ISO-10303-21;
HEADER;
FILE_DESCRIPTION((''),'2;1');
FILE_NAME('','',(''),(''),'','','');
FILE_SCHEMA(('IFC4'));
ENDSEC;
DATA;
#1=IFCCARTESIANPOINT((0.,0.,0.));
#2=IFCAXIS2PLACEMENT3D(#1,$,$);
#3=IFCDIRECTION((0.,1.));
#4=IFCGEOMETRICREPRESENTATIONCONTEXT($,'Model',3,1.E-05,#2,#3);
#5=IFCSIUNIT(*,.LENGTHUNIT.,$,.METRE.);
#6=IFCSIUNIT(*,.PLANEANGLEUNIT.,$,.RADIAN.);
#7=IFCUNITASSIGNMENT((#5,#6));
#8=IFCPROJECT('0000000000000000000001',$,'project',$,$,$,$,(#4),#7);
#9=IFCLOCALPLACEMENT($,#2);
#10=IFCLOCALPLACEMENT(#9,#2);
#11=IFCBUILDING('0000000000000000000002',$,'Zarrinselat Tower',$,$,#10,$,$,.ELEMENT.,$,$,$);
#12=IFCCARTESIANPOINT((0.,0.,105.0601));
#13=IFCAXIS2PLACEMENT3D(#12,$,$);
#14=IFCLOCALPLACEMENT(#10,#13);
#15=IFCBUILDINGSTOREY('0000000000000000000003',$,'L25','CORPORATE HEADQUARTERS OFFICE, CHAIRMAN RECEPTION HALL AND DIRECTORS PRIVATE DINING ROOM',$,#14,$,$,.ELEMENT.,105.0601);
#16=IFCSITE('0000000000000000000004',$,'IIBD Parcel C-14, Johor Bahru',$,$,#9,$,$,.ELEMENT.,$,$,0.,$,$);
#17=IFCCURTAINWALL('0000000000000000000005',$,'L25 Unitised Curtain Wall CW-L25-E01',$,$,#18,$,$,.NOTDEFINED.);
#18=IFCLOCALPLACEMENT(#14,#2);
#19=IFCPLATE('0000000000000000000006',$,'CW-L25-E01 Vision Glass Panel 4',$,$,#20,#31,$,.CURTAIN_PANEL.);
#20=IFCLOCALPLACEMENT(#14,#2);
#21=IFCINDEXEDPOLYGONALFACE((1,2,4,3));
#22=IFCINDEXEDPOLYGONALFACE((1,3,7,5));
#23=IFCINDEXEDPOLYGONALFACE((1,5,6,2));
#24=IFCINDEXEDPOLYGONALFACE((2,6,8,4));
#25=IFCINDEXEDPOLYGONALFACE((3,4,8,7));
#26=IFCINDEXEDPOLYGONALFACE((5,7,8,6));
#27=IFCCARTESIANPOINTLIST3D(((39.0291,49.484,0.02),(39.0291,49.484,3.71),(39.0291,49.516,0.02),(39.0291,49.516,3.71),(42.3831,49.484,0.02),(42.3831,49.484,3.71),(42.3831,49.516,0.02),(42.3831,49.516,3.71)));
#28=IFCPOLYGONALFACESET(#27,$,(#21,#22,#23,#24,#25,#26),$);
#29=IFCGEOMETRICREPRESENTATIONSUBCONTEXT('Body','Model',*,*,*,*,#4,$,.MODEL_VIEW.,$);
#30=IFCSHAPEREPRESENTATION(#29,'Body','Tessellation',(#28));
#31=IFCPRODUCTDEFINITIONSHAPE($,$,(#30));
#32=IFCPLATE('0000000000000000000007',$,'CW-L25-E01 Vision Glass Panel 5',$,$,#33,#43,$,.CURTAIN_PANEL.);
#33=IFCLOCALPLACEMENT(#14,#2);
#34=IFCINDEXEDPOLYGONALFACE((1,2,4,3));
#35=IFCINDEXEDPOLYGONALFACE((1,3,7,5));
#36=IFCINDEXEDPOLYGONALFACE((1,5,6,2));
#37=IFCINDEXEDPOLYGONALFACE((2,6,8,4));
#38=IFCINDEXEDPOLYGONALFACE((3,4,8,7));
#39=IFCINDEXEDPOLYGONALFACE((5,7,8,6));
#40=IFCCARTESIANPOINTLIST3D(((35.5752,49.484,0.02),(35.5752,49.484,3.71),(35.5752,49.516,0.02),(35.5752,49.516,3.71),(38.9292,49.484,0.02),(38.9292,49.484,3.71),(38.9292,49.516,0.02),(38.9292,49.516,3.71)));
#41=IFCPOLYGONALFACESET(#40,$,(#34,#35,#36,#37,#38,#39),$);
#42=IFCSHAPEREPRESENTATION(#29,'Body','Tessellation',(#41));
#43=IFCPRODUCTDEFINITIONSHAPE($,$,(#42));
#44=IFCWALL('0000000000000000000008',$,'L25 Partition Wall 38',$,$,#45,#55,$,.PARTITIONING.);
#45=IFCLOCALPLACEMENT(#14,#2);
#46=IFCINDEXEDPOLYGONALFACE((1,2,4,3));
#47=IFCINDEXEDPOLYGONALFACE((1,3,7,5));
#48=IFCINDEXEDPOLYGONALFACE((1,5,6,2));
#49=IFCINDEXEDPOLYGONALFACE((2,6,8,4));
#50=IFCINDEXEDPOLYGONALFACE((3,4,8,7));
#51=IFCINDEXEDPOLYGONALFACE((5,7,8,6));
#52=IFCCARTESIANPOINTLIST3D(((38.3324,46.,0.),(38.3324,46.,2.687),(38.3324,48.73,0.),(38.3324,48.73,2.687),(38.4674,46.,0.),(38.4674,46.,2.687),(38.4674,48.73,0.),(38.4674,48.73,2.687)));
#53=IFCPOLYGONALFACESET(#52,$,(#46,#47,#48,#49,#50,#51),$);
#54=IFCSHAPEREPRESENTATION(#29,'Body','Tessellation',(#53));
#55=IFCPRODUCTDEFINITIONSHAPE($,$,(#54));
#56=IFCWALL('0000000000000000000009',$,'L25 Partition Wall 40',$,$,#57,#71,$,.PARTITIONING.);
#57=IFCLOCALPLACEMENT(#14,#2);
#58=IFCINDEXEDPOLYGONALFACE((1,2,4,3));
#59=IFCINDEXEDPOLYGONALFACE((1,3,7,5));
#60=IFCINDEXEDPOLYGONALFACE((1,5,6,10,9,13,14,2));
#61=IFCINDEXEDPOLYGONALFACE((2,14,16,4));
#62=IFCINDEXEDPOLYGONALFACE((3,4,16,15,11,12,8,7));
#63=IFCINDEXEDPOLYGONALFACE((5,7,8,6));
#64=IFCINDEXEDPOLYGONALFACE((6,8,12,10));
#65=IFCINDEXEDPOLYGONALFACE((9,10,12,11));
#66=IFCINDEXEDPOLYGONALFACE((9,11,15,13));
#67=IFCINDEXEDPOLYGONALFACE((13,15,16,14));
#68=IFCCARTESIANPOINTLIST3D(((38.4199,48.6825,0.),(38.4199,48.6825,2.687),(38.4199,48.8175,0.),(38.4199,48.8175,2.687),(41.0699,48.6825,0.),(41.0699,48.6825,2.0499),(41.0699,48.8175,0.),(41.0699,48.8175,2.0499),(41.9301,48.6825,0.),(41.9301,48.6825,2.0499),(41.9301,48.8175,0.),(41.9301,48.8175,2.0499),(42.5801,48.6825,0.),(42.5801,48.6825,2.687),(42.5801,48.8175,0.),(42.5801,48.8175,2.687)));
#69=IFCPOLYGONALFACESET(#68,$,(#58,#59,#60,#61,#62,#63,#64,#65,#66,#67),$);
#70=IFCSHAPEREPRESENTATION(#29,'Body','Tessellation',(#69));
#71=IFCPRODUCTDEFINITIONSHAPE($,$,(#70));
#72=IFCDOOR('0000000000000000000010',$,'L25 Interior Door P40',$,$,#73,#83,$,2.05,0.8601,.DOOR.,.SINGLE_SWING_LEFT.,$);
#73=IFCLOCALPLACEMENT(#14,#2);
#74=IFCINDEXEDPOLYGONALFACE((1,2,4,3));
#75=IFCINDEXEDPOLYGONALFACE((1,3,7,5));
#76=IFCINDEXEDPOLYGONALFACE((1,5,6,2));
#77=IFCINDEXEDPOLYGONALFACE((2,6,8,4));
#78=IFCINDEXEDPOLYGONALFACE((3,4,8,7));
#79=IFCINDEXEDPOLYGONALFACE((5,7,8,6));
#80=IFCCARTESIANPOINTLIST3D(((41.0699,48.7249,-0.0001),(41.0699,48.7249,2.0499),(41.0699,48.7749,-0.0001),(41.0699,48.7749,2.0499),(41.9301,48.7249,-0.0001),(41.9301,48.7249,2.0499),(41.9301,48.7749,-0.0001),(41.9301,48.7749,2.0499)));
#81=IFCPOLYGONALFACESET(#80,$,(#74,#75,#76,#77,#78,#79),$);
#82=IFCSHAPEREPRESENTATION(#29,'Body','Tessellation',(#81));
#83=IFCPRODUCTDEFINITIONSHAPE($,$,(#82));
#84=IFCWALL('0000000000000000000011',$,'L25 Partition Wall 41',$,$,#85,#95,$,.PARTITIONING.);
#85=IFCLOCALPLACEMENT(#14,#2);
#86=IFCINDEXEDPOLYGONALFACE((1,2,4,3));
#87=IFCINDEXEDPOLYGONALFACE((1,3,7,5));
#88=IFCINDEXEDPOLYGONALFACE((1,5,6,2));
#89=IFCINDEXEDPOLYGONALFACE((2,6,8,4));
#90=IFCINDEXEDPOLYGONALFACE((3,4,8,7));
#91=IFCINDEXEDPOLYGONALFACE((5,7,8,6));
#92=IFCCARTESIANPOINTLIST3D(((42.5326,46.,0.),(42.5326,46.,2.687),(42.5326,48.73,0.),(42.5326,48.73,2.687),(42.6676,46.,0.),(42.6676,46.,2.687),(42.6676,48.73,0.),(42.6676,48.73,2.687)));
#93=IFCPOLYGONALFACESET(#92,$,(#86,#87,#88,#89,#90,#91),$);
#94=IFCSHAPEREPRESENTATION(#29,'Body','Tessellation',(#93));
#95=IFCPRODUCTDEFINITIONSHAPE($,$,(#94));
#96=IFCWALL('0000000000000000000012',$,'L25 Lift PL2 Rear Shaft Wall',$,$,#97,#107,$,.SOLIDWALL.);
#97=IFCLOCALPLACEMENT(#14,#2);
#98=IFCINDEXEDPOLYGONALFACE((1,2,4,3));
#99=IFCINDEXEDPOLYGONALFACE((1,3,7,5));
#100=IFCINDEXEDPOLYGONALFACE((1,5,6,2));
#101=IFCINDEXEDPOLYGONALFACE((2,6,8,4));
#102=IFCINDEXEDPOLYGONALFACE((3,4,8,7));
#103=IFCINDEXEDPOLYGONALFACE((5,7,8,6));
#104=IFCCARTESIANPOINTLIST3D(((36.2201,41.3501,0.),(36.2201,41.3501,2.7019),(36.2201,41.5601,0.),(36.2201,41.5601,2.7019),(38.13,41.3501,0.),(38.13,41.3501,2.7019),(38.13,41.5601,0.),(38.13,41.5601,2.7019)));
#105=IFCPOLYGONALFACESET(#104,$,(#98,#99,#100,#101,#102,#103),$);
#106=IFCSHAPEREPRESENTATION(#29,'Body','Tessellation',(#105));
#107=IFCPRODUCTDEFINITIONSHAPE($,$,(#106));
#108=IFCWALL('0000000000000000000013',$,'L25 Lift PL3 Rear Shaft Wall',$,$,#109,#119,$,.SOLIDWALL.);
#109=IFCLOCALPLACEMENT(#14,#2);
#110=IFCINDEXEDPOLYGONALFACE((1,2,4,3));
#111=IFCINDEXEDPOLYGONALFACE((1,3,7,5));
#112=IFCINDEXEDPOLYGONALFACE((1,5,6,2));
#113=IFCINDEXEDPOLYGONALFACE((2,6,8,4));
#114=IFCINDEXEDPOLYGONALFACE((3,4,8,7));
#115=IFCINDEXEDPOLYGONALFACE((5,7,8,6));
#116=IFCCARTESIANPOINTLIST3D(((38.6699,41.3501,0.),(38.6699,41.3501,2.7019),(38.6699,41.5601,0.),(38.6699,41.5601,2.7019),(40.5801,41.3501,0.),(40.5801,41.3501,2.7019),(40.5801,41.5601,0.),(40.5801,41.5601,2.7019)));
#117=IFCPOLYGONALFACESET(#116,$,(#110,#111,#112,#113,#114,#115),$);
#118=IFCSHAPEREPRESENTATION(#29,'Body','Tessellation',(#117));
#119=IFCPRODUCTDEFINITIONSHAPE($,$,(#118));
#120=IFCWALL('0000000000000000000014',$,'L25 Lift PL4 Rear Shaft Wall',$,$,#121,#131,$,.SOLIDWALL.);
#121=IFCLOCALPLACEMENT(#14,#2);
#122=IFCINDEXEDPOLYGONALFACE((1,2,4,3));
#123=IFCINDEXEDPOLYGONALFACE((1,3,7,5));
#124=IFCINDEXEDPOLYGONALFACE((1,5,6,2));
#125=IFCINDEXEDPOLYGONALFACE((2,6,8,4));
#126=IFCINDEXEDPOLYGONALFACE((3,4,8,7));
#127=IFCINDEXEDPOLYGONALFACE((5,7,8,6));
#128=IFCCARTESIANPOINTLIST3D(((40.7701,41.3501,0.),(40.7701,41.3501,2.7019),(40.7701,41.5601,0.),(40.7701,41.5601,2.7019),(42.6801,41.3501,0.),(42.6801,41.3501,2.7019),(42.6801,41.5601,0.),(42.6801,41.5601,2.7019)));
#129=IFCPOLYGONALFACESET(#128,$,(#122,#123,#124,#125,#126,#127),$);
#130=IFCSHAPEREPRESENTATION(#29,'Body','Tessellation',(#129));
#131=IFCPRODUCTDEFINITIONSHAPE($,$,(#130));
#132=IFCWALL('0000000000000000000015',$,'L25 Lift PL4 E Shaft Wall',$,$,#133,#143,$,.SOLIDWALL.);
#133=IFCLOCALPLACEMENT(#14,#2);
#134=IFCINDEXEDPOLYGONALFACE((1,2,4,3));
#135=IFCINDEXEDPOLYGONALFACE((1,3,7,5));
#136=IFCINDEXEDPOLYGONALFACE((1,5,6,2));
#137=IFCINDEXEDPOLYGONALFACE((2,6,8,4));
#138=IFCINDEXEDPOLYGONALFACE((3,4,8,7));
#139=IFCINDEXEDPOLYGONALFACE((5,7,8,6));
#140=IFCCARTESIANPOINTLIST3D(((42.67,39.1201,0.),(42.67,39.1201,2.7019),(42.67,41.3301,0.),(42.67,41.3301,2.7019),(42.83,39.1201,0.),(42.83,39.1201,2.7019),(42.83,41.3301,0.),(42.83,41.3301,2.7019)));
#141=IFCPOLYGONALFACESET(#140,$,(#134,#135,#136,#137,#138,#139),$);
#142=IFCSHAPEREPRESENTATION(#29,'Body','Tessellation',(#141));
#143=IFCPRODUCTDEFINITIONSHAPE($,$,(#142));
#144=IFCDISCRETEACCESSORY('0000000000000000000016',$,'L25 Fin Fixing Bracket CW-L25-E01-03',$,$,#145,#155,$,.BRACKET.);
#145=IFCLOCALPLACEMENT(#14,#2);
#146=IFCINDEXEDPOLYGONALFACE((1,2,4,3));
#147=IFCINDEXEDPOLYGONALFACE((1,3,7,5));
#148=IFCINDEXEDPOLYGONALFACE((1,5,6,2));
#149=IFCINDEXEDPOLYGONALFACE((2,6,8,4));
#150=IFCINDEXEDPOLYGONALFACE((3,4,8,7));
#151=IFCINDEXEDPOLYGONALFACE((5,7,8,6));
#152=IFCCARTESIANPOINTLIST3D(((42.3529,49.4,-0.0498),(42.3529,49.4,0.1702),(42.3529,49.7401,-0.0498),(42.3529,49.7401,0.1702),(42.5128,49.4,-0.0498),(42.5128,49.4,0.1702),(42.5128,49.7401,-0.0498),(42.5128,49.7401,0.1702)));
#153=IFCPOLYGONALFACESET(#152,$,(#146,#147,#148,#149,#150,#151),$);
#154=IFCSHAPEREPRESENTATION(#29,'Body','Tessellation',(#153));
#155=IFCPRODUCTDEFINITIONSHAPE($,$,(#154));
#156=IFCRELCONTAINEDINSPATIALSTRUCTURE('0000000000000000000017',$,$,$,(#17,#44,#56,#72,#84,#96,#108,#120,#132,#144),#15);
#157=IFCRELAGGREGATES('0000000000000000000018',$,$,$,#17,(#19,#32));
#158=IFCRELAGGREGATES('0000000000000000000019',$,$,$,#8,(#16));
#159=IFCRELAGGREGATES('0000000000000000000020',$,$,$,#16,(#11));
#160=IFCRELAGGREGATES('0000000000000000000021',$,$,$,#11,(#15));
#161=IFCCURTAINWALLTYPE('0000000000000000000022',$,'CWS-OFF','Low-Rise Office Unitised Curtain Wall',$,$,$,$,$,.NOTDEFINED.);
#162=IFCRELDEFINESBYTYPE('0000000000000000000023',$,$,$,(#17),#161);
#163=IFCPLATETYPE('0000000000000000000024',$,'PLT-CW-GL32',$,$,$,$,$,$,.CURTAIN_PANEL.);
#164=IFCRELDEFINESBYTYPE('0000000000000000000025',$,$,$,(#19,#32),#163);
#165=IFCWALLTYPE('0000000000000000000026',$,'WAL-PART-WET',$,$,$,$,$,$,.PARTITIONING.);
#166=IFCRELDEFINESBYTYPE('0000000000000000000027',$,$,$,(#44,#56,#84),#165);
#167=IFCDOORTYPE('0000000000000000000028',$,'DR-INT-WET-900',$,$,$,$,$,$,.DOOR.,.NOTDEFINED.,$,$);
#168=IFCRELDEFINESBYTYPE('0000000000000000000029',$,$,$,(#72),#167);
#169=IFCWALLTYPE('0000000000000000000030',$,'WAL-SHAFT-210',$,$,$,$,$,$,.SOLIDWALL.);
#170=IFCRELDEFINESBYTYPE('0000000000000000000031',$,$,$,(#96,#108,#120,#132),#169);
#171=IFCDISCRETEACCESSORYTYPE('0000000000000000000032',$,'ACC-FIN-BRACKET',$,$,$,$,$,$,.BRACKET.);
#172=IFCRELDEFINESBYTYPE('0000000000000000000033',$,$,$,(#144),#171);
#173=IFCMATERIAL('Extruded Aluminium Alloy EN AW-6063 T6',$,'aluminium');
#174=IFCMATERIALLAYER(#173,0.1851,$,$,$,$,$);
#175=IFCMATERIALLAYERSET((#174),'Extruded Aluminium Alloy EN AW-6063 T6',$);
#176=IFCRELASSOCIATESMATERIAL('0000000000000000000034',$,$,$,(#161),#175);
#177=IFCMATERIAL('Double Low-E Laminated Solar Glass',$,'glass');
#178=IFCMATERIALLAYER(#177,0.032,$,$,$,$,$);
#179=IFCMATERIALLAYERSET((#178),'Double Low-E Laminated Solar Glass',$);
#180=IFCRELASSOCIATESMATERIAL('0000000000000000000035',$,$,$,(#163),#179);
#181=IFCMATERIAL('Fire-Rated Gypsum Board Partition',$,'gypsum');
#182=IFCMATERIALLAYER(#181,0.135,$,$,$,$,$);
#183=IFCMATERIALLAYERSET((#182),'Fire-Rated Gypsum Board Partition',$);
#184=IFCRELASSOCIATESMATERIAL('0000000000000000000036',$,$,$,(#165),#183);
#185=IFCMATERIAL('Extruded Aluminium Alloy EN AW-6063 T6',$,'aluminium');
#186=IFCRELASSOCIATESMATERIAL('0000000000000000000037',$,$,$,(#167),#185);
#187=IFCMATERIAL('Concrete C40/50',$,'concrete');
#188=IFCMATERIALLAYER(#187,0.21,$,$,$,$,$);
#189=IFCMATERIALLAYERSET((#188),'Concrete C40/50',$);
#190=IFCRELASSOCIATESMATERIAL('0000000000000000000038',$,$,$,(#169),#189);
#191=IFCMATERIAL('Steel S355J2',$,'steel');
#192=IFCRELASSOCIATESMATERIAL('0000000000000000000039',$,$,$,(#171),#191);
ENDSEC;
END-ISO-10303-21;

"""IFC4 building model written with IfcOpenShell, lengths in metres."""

from ifc_helpers import new_model, si_unit, direction, frame, frame_2d, origin, origin_2d, place, context, subcontext, project, spatial, rectangle, extrude, material, layer, layer_set, type_object, element, fill, aggregate, save


model = new_model("IFC4")

# Units and contexts
model_context = context("Model", 3, precision=1e-05, world=origin(), true_north=direction((0.0, 1.0)))
body_context = subcontext(model_context, "Body", "Model", "MODEL_VIEW")
ifc_project = project(units=[si_unit("LENGTHUNIT", "METRE"), si_unit("PLANEANGLEUNIT", "RADIAN")], contexts=[model_context])

# Site, building, storey
site_placement = place(None, origin())
site = spatial("IfcSite", under=ifc_project, at=site_placement, Name="IIBD Parcel C-14, Johor Bahru", CompositionType="ELEMENT", RefElevation=0.0)
building_placement = place(site_placement, origin())
building = spatial("IfcBuilding", under=site, at=building_placement, Name="Zarrinselat Tower", CompositionType="ELEMENT")
storey_placement = place(building_placement, frame((0.0, 0.0, 105.0601)))
storey = spatial("IfcBuildingStorey", under=building, at=storey_placement, Name="L25", Description="CORPORATE HEADQUARTERS OFFICE, CHAIRMAN RECEPTION HALL AND DIRECTORS PRIVATE DINING ROOM", CompositionType="ELEMENT", Elevation=105.0601)

# Curtain wall, plates
ifc_material_1 = material(Name="Extruded Aluminium Alloy EN AW-6063 T6", Category="aluminium")
ifc_layer_1 = layer(ifc_material_1, 0.1851)
ifc_layer_set_1 = layer_set([ifc_layer_1], Name="Extruded Aluminium Alloy EN AW-6063 T6")
curtain_wall_type = type_object("IfcCurtainWallType", Name="CWS-OFF", Description="Low-Rise Office Unitised Curtain Wall", PredefinedType="NOTDEFINED", material=ifc_layer_set_1)
curtain_wall_placement = place(storey_placement, origin())
curtain_wall = element("IfcCurtainWall", 1, at=curtain_wall_placement, inside=storey, type_object=curtain_wall_type, Name="L25 Unitised Curtain Wall CW-L25-E01", PredefinedType="NOTDEFINED")
ifc_material_2 = material(Name="Double Low-E Laminated Solar Glass", Category="glass")
ifc_layer_2 = layer(ifc_material_2, 0.032)
ifc_layer_set_2 = layer_set([ifc_layer_2], Name="Double Low-E Laminated Solar Glass")
plate_type = type_object("IfcPlateType", Name="PLT-CW-GL32", PredefinedType="CURTAIN_PANEL", material=ifc_layer_set_2)
plate_1_placement = place(storey_placement, frame((40.7061, 49.5, 0.02), z_axis=(0.0, 0.0, 1.0), x_axis=(-1.0, 0.0, 0.0)))
plate_1 = element("IfcPlate", 2, at=plate_1_placement, type_object=plate_type, Name="CW-L25-E01 Vision Glass Panel 4", PredefinedType="CURTAIN_PANEL", context=body_context, shape_type="SweptSolid", body=[
    extrude(rectangle(XDim=3.354, YDim=0.032, at=origin_2d()), origin(), (0.0, 0.0, 1.0), 3.6899),
])
plate_2_placement = place(storey_placement, frame((37.2522, 49.5, 0.02), z_axis=(0.0, 0.0, 1.0), x_axis=(-1.0, 0.0, 0.0)))
plate_2 = element("IfcPlate", 3, at=plate_2_placement, type_object=plate_type, Name="CW-L25-E01 Vision Glass Panel 5", PredefinedType="CURTAIN_PANEL", context=body_context, shape_type="SweptSolid", body=[
    extrude(rectangle(XDim=3.354, YDim=0.032, at=origin_2d()), origin(), (0.0, 0.0, 1.0), 3.6899),
])
aggregate(curtain_wall, [plate_1, plate_2])

# Wall
ifc_material_3 = material(Name="Fire-Rated Gypsum Board Partition", Category="gypsum")
ifc_layer_3 = layer(ifc_material_3, 0.135)
ifc_layer_set_3 = layer_set([ifc_layer_3], Name="Fire-Rated Gypsum Board Partition")
wall_type_1 = type_object("IfcWallType", Name="WAL-PART-WET", PredefinedType="PARTITIONING", material=ifc_layer_set_3)
wall_1_placement = place(storey_placement, frame((38.3999, 46.0, 0.0), z_axis=(0.0, 0.0, 1.0), x_axis=(0.0, 1.0, 0.0)))
element("IfcWall", 4, at=wall_1_placement, inside=storey, type_object=wall_type_1, Name="L25 Partition Wall 38", PredefinedType="PARTITIONING", context=body_context, shape_type="SweptSolid", body=[
    extrude(rectangle(XDim=2.73, YDim=0.135, at=frame_2d((1.365, 0.0))), origin(), (0.0, 0.0, 1.0), 2.687),
])

# Wall, opening, door
wall_2_placement = place(storey_placement, frame((38.4199, 48.75, 0.0), z_axis=(0.0, 0.0, 1.0), x_axis=(1.0, 0.0, 0.0)))
wall_2 = element("IfcWall", 5, at=wall_2_placement, inside=storey, type_object=wall_type_1, Name="L25 Partition Wall 40", PredefinedType="PARTITIONING", context=body_context, shape_type="SweptSolid", body=[
    extrude(rectangle(XDim=4.1602, YDim=0.135, at=frame_2d((2.0801, 0.0))), origin(), (0.0, 0.0, 1.0), 2.687),
])
opening_placement = place(wall_2_placement, frame((2.6499, 0.0, 0.0)))
opening = element("IfcOpeningElement", 6, at=opening_placement, cuts=wall_2, PredefinedType="OPENING", context=body_context, shape_type="SweptSolid", body=[
    extrude(rectangle(XDim=0.8601, YDim=2.05, at=frame_2d((0.4302, 1.0249))), frame((0.0, 0.0774, 0.0), z_axis=(0.0, -1.0, 0.0), x_axis=(1.0, 0.0, 0.0)), (0.0, 0.0, 1.0), 0.155),
])
ifc_material_4 = material(Name="Extruded Aluminium Alloy EN AW-6063 T6", Category="aluminium")
door_type = type_object("IfcDoorType", Name="DR-INT-WET-900", OperationType="NOTDEFINED", PredefinedType="DOOR", material=ifc_material_4)
door_placement = place(opening_placement, origin())
door = element("IfcDoor", 7, at=door_placement, inside=storey, type_object=door_type, Name="L25 Interior Door P40", OperationType="SINGLE_SWING_LEFT", OverallHeight=2.05, OverallWidth=0.8601, PredefinedType="DOOR", context=body_context, shape_type="SweptSolid", body=[
    extrude(rectangle(XDim=0.8601, YDim=2.05, at=frame_2d((0.4302, 1.0249))), frame((0.0, 0.0249, 0.0), z_axis=(0.0, -1.0, 0.0), x_axis=(1.0, 0.0, 0.0)), (0.0, 0.0, 1.0), 0.05),
])
fill(opening, door)

# Walls
wall_3_placement = place(storey_placement, frame((42.6001, 46.0, 0.0), z_axis=(0.0, 0.0, 1.0), x_axis=(0.0, 1.0, 0.0)))
element("IfcWall", 8, at=wall_3_placement, inside=storey, type_object=wall_type_1, Name="L25 Partition Wall 41", PredefinedType="PARTITIONING", context=body_context, shape_type="SweptSolid", body=[
    extrude(rectangle(XDim=2.73, YDim=0.135, at=frame_2d((1.365, 0.0))), origin(), (0.0, 0.0, 1.0), 2.687),
])
ifc_material_5 = material(Name="Concrete C40/50", Category="concrete")
ifc_layer_4 = layer(ifc_material_5, 0.21)
ifc_layer_set_4 = layer_set([ifc_layer_4], Name="Concrete C40/50")
wall_type_2 = type_object("IfcWallType", Name="WAL-SHAFT-210", PredefinedType="SOLIDWALL", material=ifc_layer_set_4)
wall_4_placement = place(storey_placement, frame((36.22, 41.4551, 0.0), z_axis=(0.0, 0.0, 1.0), x_axis=(1.0, 0.0, 0.0)))
element("IfcWall", 9, at=wall_4_placement, inside=storey, type_object=wall_type_2, Name="L25 Lift PL2 Rear Shaft Wall", PredefinedType="SOLIDWALL", context=body_context, shape_type="SweptSolid", body=[
    extrude(rectangle(XDim=1.9099, YDim=0.21, at=frame_2d((0.9551, 0.0))), origin(), (0.0, 0.0, 1.0), 2.7019),
])
wall_5_placement = place(storey_placement, frame((38.6699, 41.4551, 0.0), z_axis=(0.0, 0.0, 1.0), x_axis=(1.0, 0.0, 0.0)))
element("IfcWall", 10, at=wall_5_placement, inside=storey, type_object=wall_type_2, Name="L25 Lift PL3 Rear Shaft Wall", PredefinedType="SOLIDWALL", context=body_context, shape_type="SweptSolid", body=[
    extrude(rectangle(XDim=1.9102, YDim=0.21, at=frame_2d((0.9551, 0.0))), origin(), (0.0, 0.0, 1.0), 2.7019),
])
wall_6_placement = place(storey_placement, frame((40.77, 41.4551, 0.0), z_axis=(0.0, 0.0, 1.0), x_axis=(1.0, 0.0, 0.0)))
element("IfcWall", 11, at=wall_6_placement, inside=storey, type_object=wall_type_2, Name="L25 Lift PL4 Rear Shaft Wall", PredefinedType="SOLIDWALL", context=body_context, shape_type="SweptSolid", body=[
    extrude(rectangle(XDim=1.9099, YDim=0.21, at=frame_2d((0.9551, 0.0))), origin(), (0.0, 0.0, 1.0), 2.7019),
])
wall_7_placement = place(storey_placement, frame((42.75, 39.1201, 0.0), z_axis=(0.0, 0.0, 1.0), x_axis=(0.0, 1.0, 0.0)))
element("IfcWall", 12, at=wall_7_placement, inside=storey, type_object=wall_type_2, Name="L25 Lift PL4 E Shaft Wall", PredefinedType="SOLIDWALL", context=body_context, shape_type="SweptSolid", body=[
    extrude(rectangle(XDim=2.21, YDim=0.1599, at=frame_2d((1.105, 0.0))), origin(), (0.0, 0.0, 1.0), 2.7019),
])

# Discrete accessory
ifc_material_6 = material(Name="Steel S355J2", Category="steel")
discrete_accessory_type = type_object("IfcDiscreteAccessoryType", Name="ACC-FIN-BRACKET", PredefinedType="BRACKET", material=ifc_material_6)
discrete_accessory_placement = place(storey_placement, frame((42.4329, 49.5701, -0.0498), z_axis=(0.0, 0.0, 1.0), x_axis=(0.0, 1.0, 0.0)))
element("IfcDiscreteAccessory", 13, at=discrete_accessory_placement, inside=storey, type_object=discrete_accessory_type, Name="L25 Fin Fixing Bracket CW-L25-E01-03", PredefinedType="BRACKET", context=body_context, shape_type="SweptSolid", body=[
    extrude(rectangle(XDim=0.3401, YDim=0.1599, at=origin_2d()), origin(), (0.0, 0.0, 1.0), 0.22),
])

save(model, "model.ifc")
